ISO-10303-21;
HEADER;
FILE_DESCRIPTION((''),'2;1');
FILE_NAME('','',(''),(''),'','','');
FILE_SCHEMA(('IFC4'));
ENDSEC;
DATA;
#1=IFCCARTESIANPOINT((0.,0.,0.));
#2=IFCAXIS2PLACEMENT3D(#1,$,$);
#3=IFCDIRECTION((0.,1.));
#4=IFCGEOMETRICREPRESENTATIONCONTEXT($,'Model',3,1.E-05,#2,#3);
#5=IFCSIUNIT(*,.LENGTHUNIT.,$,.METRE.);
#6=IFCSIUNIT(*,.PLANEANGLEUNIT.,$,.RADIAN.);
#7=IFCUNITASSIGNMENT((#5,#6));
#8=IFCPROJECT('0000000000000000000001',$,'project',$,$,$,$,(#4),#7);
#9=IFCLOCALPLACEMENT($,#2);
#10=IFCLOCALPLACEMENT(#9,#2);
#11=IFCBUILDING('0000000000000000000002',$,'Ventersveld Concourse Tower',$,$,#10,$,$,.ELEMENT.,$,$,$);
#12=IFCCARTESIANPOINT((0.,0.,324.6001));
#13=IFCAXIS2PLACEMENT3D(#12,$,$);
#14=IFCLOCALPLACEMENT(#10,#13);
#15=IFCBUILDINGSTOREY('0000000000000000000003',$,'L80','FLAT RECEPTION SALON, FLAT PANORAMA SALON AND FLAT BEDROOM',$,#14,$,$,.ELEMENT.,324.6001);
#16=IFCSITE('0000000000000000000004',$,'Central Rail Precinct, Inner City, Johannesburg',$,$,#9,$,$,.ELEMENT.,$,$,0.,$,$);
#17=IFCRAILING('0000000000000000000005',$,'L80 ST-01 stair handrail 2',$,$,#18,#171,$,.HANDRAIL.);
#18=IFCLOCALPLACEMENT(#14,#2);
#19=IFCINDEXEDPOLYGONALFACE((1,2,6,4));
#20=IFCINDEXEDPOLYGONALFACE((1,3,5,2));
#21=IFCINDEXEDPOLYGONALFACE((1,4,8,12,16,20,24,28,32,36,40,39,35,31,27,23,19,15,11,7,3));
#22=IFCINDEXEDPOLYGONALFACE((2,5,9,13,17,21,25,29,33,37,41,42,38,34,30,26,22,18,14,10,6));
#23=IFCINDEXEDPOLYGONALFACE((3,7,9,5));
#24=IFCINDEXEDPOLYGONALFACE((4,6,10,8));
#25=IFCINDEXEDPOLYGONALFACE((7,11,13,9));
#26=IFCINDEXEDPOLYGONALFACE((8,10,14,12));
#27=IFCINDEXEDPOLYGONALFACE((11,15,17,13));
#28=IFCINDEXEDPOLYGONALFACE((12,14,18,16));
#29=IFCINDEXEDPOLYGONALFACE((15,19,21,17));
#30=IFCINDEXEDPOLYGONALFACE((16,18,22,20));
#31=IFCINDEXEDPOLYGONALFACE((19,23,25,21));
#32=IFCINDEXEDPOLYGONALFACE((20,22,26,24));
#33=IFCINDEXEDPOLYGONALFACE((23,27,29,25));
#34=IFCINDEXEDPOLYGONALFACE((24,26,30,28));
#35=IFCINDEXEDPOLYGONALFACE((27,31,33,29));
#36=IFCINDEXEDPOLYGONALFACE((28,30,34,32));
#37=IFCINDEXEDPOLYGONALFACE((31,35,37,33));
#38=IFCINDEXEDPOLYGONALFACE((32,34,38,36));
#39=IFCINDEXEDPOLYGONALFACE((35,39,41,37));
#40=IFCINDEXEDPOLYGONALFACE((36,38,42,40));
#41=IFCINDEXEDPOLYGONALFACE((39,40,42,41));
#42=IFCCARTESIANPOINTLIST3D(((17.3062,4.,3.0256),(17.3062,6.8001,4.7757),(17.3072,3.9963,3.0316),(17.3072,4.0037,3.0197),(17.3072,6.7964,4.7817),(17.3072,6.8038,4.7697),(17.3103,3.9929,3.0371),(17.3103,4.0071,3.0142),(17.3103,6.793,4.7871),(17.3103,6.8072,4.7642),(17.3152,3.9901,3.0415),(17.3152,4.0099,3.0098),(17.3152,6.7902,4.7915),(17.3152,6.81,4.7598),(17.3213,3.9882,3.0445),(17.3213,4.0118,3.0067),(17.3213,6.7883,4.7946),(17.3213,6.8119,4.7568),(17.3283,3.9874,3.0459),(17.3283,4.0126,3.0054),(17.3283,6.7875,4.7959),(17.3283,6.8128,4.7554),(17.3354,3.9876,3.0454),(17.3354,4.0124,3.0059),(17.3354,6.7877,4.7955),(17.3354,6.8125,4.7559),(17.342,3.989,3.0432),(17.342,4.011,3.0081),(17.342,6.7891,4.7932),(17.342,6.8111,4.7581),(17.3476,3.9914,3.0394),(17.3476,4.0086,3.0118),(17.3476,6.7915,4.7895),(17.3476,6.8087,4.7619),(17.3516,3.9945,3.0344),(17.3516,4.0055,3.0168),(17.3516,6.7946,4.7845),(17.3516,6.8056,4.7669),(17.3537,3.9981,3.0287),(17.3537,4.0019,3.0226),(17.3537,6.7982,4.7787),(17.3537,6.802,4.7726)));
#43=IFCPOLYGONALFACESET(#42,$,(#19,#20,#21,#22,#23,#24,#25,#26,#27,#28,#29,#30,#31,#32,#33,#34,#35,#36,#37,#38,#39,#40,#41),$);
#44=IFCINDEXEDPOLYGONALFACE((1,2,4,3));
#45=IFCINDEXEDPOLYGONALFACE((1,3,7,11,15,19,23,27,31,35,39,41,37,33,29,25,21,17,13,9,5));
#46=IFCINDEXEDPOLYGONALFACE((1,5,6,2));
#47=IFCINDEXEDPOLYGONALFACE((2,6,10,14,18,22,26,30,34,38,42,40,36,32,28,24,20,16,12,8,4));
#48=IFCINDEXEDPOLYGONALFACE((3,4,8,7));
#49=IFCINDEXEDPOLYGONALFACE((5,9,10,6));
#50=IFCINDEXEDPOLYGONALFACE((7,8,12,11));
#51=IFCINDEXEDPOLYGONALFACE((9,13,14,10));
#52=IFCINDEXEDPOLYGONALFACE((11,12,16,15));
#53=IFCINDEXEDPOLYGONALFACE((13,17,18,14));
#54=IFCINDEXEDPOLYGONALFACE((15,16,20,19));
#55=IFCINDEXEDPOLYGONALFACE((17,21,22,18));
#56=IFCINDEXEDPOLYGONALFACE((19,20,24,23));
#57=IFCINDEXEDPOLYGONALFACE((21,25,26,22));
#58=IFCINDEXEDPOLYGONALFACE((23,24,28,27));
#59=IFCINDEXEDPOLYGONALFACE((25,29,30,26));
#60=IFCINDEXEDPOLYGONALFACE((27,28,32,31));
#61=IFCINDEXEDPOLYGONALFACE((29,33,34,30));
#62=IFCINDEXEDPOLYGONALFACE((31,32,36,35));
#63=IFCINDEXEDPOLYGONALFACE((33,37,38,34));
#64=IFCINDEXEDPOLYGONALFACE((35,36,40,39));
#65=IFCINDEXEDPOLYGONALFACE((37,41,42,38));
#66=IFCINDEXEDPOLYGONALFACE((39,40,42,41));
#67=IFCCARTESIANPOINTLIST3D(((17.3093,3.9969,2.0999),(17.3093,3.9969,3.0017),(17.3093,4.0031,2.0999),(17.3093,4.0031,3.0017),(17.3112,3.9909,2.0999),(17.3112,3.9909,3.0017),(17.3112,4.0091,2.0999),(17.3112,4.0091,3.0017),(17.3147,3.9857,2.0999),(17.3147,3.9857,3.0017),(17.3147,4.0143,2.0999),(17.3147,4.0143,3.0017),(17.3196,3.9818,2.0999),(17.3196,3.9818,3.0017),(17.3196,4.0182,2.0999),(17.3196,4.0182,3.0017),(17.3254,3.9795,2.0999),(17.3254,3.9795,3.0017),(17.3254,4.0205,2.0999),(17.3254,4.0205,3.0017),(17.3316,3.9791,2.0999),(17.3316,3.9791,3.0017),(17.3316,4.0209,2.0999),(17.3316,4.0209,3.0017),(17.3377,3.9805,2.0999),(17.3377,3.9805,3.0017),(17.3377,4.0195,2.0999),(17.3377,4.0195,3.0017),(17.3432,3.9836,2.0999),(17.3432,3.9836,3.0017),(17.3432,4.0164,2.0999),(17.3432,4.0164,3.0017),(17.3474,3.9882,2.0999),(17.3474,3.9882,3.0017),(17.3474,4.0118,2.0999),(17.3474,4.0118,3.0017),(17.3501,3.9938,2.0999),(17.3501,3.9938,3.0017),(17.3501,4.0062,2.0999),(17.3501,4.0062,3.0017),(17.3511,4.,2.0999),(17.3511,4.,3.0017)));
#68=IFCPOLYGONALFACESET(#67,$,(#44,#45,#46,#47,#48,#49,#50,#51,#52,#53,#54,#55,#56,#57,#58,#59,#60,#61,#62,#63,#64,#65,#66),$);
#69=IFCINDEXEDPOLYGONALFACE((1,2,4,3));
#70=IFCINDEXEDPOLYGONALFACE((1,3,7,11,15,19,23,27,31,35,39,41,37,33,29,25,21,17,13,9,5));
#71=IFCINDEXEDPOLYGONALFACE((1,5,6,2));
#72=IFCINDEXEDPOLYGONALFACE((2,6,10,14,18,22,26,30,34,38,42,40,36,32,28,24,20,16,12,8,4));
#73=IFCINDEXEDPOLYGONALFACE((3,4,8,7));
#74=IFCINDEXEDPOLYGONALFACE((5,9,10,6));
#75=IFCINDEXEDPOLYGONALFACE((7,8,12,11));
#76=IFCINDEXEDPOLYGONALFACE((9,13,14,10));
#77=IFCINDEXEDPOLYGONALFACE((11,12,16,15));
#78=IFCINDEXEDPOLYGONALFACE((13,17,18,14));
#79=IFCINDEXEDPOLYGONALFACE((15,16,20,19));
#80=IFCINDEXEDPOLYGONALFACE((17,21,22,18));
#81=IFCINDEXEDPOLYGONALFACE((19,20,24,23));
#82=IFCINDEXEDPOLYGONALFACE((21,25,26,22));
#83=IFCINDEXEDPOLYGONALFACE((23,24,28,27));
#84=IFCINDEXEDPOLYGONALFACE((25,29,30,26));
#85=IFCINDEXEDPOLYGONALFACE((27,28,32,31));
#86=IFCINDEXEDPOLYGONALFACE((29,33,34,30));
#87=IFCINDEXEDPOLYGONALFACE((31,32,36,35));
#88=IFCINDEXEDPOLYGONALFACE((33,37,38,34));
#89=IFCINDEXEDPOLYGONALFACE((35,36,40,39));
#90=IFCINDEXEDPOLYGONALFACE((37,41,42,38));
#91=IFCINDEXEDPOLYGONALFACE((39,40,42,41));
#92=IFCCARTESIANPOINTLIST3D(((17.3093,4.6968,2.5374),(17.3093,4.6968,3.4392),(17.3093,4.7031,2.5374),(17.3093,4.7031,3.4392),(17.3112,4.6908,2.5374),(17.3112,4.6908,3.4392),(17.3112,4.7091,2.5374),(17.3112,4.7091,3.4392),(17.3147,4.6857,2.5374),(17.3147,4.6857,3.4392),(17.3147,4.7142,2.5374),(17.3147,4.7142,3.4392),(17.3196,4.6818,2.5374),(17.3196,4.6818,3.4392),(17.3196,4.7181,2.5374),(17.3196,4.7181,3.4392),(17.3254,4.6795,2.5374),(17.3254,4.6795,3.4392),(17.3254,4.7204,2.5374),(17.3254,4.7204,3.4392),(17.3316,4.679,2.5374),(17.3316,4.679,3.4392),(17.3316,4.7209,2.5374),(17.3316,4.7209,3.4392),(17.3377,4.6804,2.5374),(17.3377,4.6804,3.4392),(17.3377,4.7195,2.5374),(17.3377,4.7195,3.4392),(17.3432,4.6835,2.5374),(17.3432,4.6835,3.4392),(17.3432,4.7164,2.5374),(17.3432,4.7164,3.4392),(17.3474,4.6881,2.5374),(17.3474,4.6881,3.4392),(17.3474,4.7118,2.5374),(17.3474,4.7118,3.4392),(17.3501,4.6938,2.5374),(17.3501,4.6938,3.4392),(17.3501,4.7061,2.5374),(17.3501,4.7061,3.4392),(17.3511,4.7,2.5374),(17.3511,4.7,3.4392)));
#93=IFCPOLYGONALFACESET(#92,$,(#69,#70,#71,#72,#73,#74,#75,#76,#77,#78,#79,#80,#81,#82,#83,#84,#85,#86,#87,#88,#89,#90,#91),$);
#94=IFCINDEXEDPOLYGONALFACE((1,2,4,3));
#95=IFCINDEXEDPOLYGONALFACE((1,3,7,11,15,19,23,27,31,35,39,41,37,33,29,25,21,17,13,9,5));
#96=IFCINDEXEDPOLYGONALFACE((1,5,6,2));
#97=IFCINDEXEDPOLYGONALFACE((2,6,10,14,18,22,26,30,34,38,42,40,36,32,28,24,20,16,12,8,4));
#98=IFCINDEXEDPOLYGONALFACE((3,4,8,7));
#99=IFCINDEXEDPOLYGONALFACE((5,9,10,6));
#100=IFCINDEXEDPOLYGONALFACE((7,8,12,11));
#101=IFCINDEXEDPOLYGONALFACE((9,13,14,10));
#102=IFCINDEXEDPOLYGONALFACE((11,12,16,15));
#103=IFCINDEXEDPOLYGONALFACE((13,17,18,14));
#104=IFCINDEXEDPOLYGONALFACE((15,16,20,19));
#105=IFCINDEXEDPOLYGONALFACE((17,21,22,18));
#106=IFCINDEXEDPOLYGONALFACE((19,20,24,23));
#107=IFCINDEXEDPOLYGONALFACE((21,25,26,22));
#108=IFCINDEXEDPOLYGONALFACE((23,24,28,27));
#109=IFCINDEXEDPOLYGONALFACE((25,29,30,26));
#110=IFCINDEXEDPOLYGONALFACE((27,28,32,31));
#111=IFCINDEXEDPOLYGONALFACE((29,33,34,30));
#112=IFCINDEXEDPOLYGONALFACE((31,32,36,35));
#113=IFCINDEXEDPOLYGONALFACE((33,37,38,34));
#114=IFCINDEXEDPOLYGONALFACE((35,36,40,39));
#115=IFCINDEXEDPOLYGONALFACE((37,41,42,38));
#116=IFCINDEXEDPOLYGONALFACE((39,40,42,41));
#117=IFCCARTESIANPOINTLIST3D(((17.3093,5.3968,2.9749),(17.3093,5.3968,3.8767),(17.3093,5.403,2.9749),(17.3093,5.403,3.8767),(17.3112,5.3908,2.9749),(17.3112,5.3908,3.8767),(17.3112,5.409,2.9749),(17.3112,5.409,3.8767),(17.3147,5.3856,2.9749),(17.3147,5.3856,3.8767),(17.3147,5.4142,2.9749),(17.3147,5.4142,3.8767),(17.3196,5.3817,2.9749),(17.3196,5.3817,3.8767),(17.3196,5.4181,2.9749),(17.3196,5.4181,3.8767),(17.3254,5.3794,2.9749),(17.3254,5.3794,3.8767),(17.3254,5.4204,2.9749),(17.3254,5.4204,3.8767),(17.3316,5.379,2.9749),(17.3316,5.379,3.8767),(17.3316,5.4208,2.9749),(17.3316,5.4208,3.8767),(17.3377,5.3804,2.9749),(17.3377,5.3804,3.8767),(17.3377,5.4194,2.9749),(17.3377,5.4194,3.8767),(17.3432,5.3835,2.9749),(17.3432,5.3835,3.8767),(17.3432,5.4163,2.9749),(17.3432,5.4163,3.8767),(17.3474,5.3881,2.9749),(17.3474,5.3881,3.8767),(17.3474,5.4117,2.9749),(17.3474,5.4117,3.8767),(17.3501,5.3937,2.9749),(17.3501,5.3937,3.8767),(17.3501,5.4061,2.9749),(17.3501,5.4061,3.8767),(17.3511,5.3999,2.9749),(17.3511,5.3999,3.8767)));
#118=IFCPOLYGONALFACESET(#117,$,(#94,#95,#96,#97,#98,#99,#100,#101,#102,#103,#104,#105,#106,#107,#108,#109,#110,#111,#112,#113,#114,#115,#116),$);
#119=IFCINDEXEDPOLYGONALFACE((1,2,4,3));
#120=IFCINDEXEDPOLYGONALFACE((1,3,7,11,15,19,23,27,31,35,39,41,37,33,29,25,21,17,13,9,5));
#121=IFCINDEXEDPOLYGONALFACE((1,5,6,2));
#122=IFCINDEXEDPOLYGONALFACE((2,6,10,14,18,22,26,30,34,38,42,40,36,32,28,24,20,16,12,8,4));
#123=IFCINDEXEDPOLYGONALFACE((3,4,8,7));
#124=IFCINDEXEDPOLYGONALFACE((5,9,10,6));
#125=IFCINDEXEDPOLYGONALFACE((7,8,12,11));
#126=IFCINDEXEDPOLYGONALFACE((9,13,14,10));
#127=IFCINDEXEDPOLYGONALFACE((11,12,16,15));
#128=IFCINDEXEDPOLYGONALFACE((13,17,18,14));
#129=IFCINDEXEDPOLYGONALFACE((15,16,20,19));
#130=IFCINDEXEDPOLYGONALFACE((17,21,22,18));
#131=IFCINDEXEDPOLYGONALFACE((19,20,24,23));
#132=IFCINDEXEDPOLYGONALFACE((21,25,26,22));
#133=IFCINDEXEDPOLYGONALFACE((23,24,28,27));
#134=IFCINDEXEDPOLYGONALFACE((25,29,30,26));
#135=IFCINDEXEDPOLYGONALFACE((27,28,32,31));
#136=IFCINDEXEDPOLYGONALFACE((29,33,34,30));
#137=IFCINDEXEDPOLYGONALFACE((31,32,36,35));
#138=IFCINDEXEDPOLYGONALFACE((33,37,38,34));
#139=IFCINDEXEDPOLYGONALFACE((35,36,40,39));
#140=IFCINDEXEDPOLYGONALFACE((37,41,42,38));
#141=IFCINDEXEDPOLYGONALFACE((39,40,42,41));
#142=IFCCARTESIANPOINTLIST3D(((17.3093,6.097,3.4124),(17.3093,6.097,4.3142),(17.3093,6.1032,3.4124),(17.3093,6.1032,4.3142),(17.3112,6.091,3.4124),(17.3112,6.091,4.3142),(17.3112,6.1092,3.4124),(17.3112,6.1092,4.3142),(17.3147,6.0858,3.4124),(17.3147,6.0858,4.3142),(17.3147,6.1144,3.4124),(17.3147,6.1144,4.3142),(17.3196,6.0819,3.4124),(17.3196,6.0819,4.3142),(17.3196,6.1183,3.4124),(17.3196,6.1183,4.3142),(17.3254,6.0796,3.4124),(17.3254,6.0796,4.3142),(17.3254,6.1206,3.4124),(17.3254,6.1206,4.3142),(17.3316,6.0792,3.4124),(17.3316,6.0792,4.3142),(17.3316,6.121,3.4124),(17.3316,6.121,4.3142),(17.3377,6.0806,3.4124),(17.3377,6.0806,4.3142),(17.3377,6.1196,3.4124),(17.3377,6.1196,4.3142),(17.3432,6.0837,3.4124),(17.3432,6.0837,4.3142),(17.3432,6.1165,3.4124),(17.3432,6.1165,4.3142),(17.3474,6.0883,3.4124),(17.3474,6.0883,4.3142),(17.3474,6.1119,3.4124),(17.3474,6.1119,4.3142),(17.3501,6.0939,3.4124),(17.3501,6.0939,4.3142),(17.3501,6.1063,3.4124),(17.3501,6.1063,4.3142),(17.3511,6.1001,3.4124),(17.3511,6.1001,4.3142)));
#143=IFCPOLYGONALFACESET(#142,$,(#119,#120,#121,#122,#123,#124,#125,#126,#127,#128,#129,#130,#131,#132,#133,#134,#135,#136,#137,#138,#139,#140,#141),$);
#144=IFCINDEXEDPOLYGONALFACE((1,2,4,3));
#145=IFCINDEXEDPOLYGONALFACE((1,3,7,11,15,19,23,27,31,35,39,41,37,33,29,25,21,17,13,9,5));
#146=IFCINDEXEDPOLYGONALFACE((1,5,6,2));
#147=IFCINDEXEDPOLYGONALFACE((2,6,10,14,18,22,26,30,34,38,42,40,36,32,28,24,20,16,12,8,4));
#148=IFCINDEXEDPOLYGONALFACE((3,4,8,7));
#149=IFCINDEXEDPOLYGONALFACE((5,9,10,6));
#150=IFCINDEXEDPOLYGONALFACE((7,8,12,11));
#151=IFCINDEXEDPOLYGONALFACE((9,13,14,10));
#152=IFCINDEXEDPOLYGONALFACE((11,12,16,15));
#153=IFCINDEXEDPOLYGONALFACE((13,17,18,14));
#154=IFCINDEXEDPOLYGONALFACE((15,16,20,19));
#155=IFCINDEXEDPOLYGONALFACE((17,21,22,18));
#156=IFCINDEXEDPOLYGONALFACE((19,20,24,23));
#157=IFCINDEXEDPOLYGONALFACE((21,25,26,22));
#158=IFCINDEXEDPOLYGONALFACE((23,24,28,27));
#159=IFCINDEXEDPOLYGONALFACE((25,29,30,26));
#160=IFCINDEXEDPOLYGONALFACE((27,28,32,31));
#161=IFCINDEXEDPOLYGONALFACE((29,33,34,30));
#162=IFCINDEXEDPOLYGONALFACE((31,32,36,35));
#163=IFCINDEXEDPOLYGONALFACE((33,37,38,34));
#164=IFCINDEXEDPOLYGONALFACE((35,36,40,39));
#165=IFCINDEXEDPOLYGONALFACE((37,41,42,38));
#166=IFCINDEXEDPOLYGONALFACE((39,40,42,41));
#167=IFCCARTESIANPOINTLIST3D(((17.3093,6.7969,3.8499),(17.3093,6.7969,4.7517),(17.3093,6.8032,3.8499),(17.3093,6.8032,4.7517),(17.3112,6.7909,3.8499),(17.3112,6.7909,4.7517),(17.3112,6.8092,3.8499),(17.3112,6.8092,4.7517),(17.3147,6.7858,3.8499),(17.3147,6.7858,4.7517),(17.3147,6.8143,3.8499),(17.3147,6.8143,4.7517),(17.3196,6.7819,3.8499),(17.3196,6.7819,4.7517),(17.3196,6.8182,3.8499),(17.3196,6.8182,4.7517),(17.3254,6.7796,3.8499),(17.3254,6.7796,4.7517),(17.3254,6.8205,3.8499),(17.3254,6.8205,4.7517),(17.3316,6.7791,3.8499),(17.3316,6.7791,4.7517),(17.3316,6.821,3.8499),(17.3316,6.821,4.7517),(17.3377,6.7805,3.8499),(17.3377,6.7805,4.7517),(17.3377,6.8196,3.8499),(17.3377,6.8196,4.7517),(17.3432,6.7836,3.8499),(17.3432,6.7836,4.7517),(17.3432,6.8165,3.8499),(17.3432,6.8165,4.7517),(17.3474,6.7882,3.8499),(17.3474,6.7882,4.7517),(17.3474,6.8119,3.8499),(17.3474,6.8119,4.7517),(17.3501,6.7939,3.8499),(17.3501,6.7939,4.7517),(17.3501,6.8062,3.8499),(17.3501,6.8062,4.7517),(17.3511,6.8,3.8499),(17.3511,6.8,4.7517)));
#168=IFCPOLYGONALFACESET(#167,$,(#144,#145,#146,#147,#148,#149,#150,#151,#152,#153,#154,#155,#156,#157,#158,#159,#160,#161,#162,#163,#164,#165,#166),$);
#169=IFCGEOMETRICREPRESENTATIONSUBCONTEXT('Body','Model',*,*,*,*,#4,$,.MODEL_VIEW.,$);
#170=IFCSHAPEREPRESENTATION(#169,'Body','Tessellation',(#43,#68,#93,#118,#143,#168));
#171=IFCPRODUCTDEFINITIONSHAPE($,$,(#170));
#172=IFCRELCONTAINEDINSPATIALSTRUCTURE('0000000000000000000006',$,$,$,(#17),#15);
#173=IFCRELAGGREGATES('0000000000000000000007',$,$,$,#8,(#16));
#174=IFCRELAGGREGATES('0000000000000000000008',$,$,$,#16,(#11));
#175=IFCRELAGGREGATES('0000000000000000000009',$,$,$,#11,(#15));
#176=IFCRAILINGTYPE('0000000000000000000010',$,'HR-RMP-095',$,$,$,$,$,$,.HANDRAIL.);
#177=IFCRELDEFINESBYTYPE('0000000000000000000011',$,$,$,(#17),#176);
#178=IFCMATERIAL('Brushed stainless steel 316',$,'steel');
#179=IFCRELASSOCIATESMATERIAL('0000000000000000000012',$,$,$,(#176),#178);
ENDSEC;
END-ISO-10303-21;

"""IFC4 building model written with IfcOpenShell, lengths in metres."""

from ifc_helpers import new_model, si_unit, direction, frame, origin, origin_2d, place, context, subcontext, project, spatial, circle, extrude, material, type_object, element, save


model = new_model("IFC4")

# Units and contexts
model_context = context("Model", 3, precision=1e-05, world=origin(), true_north=direction((0.0, 1.0)))
body_context = subcontext(model_context, "Body", "Model", "MODEL_VIEW")
ifc_project = project(units=[si_unit("LENGTHUNIT", "METRE"), si_unit("PLANEANGLEUNIT", "RADIAN")], contexts=[model_context])

# Site, building, storey
site_placement = place(None, origin())
site = spatial("IfcSite", under=ifc_project, at=site_placement, Name="Central Rail Precinct, Inner City, Johannesburg", CompositionType="ELEMENT", RefElevation=0.0)
building_placement = place(site_placement, origin())
building = spatial("IfcBuilding", under=site, at=building_placement, Name="Ventersveld Concourse Tower", CompositionType="ELEMENT")
storey_placement = place(building_placement, frame((0.0, 0.0, 324.6001)))
storey = spatial("IfcBuildingStorey", under=building, at=storey_placement, Name="L80", Description="FLAT RECEPTION SALON, FLAT PANORAMA SALON AND FLAT BEDROOM", CompositionType="ELEMENT", Elevation=324.6001)

# Shared definitions
ifc_material_1 = material(Name="Brushed stainless steel 316", Category="steel")

# Railing
railing_type_1 = type_object("IfcRailingType", Name="HR-RMP-095", PredefinedType="HANDRAIL", material=ifc_material_1)
railing_1_placement = place(storey_placement, frame((17.3301, 4.0, 2.0999)))
element("IfcRailing", 1, at=railing_1_placement, inside=storey, type_object=railing_type_1, Name="L80 ST-01 stair handrail 2", PredefinedType="HANDRAIL", context=body_context, shape_type="SweptSolid", body=[
    extrude(circle(Radius=0.0239, at=origin_2d()), frame((0.0, 0.0, 0.9258), z_axis=(0.0, 0.848002, 0.529992), x_axis=(-1.0, 0.0, 0.0)), (0.0, 0.0, 1.0), 3.302),
    extrude(circle(Radius=0.021, at=origin_2d()), origin(), (0.0, 0.0, 1.0), 0.9019),
    extrude(circle(Radius=0.021, at=origin_2d()), frame((0.0, 0.7, 0.4375)), (0.0, 0.0, 1.0), 0.9019),
    extrude(circle(Radius=0.021, at=origin_2d()), frame((0.0, 1.3999, 0.875)), (0.0, 0.0, 1.0), 0.9019),
    extrude(circle(Radius=0.021, at=origin_2d()), frame((0.0, 2.1001, 1.3125)), (0.0, 0.0, 1.0), 0.9019),
    extrude(circle(Radius=0.021, at=origin_2d()), frame((0.0, 2.8, 1.75)), (0.0, 0.0, 1.0), 0.9019),
])

save(model, "model.ifc")
